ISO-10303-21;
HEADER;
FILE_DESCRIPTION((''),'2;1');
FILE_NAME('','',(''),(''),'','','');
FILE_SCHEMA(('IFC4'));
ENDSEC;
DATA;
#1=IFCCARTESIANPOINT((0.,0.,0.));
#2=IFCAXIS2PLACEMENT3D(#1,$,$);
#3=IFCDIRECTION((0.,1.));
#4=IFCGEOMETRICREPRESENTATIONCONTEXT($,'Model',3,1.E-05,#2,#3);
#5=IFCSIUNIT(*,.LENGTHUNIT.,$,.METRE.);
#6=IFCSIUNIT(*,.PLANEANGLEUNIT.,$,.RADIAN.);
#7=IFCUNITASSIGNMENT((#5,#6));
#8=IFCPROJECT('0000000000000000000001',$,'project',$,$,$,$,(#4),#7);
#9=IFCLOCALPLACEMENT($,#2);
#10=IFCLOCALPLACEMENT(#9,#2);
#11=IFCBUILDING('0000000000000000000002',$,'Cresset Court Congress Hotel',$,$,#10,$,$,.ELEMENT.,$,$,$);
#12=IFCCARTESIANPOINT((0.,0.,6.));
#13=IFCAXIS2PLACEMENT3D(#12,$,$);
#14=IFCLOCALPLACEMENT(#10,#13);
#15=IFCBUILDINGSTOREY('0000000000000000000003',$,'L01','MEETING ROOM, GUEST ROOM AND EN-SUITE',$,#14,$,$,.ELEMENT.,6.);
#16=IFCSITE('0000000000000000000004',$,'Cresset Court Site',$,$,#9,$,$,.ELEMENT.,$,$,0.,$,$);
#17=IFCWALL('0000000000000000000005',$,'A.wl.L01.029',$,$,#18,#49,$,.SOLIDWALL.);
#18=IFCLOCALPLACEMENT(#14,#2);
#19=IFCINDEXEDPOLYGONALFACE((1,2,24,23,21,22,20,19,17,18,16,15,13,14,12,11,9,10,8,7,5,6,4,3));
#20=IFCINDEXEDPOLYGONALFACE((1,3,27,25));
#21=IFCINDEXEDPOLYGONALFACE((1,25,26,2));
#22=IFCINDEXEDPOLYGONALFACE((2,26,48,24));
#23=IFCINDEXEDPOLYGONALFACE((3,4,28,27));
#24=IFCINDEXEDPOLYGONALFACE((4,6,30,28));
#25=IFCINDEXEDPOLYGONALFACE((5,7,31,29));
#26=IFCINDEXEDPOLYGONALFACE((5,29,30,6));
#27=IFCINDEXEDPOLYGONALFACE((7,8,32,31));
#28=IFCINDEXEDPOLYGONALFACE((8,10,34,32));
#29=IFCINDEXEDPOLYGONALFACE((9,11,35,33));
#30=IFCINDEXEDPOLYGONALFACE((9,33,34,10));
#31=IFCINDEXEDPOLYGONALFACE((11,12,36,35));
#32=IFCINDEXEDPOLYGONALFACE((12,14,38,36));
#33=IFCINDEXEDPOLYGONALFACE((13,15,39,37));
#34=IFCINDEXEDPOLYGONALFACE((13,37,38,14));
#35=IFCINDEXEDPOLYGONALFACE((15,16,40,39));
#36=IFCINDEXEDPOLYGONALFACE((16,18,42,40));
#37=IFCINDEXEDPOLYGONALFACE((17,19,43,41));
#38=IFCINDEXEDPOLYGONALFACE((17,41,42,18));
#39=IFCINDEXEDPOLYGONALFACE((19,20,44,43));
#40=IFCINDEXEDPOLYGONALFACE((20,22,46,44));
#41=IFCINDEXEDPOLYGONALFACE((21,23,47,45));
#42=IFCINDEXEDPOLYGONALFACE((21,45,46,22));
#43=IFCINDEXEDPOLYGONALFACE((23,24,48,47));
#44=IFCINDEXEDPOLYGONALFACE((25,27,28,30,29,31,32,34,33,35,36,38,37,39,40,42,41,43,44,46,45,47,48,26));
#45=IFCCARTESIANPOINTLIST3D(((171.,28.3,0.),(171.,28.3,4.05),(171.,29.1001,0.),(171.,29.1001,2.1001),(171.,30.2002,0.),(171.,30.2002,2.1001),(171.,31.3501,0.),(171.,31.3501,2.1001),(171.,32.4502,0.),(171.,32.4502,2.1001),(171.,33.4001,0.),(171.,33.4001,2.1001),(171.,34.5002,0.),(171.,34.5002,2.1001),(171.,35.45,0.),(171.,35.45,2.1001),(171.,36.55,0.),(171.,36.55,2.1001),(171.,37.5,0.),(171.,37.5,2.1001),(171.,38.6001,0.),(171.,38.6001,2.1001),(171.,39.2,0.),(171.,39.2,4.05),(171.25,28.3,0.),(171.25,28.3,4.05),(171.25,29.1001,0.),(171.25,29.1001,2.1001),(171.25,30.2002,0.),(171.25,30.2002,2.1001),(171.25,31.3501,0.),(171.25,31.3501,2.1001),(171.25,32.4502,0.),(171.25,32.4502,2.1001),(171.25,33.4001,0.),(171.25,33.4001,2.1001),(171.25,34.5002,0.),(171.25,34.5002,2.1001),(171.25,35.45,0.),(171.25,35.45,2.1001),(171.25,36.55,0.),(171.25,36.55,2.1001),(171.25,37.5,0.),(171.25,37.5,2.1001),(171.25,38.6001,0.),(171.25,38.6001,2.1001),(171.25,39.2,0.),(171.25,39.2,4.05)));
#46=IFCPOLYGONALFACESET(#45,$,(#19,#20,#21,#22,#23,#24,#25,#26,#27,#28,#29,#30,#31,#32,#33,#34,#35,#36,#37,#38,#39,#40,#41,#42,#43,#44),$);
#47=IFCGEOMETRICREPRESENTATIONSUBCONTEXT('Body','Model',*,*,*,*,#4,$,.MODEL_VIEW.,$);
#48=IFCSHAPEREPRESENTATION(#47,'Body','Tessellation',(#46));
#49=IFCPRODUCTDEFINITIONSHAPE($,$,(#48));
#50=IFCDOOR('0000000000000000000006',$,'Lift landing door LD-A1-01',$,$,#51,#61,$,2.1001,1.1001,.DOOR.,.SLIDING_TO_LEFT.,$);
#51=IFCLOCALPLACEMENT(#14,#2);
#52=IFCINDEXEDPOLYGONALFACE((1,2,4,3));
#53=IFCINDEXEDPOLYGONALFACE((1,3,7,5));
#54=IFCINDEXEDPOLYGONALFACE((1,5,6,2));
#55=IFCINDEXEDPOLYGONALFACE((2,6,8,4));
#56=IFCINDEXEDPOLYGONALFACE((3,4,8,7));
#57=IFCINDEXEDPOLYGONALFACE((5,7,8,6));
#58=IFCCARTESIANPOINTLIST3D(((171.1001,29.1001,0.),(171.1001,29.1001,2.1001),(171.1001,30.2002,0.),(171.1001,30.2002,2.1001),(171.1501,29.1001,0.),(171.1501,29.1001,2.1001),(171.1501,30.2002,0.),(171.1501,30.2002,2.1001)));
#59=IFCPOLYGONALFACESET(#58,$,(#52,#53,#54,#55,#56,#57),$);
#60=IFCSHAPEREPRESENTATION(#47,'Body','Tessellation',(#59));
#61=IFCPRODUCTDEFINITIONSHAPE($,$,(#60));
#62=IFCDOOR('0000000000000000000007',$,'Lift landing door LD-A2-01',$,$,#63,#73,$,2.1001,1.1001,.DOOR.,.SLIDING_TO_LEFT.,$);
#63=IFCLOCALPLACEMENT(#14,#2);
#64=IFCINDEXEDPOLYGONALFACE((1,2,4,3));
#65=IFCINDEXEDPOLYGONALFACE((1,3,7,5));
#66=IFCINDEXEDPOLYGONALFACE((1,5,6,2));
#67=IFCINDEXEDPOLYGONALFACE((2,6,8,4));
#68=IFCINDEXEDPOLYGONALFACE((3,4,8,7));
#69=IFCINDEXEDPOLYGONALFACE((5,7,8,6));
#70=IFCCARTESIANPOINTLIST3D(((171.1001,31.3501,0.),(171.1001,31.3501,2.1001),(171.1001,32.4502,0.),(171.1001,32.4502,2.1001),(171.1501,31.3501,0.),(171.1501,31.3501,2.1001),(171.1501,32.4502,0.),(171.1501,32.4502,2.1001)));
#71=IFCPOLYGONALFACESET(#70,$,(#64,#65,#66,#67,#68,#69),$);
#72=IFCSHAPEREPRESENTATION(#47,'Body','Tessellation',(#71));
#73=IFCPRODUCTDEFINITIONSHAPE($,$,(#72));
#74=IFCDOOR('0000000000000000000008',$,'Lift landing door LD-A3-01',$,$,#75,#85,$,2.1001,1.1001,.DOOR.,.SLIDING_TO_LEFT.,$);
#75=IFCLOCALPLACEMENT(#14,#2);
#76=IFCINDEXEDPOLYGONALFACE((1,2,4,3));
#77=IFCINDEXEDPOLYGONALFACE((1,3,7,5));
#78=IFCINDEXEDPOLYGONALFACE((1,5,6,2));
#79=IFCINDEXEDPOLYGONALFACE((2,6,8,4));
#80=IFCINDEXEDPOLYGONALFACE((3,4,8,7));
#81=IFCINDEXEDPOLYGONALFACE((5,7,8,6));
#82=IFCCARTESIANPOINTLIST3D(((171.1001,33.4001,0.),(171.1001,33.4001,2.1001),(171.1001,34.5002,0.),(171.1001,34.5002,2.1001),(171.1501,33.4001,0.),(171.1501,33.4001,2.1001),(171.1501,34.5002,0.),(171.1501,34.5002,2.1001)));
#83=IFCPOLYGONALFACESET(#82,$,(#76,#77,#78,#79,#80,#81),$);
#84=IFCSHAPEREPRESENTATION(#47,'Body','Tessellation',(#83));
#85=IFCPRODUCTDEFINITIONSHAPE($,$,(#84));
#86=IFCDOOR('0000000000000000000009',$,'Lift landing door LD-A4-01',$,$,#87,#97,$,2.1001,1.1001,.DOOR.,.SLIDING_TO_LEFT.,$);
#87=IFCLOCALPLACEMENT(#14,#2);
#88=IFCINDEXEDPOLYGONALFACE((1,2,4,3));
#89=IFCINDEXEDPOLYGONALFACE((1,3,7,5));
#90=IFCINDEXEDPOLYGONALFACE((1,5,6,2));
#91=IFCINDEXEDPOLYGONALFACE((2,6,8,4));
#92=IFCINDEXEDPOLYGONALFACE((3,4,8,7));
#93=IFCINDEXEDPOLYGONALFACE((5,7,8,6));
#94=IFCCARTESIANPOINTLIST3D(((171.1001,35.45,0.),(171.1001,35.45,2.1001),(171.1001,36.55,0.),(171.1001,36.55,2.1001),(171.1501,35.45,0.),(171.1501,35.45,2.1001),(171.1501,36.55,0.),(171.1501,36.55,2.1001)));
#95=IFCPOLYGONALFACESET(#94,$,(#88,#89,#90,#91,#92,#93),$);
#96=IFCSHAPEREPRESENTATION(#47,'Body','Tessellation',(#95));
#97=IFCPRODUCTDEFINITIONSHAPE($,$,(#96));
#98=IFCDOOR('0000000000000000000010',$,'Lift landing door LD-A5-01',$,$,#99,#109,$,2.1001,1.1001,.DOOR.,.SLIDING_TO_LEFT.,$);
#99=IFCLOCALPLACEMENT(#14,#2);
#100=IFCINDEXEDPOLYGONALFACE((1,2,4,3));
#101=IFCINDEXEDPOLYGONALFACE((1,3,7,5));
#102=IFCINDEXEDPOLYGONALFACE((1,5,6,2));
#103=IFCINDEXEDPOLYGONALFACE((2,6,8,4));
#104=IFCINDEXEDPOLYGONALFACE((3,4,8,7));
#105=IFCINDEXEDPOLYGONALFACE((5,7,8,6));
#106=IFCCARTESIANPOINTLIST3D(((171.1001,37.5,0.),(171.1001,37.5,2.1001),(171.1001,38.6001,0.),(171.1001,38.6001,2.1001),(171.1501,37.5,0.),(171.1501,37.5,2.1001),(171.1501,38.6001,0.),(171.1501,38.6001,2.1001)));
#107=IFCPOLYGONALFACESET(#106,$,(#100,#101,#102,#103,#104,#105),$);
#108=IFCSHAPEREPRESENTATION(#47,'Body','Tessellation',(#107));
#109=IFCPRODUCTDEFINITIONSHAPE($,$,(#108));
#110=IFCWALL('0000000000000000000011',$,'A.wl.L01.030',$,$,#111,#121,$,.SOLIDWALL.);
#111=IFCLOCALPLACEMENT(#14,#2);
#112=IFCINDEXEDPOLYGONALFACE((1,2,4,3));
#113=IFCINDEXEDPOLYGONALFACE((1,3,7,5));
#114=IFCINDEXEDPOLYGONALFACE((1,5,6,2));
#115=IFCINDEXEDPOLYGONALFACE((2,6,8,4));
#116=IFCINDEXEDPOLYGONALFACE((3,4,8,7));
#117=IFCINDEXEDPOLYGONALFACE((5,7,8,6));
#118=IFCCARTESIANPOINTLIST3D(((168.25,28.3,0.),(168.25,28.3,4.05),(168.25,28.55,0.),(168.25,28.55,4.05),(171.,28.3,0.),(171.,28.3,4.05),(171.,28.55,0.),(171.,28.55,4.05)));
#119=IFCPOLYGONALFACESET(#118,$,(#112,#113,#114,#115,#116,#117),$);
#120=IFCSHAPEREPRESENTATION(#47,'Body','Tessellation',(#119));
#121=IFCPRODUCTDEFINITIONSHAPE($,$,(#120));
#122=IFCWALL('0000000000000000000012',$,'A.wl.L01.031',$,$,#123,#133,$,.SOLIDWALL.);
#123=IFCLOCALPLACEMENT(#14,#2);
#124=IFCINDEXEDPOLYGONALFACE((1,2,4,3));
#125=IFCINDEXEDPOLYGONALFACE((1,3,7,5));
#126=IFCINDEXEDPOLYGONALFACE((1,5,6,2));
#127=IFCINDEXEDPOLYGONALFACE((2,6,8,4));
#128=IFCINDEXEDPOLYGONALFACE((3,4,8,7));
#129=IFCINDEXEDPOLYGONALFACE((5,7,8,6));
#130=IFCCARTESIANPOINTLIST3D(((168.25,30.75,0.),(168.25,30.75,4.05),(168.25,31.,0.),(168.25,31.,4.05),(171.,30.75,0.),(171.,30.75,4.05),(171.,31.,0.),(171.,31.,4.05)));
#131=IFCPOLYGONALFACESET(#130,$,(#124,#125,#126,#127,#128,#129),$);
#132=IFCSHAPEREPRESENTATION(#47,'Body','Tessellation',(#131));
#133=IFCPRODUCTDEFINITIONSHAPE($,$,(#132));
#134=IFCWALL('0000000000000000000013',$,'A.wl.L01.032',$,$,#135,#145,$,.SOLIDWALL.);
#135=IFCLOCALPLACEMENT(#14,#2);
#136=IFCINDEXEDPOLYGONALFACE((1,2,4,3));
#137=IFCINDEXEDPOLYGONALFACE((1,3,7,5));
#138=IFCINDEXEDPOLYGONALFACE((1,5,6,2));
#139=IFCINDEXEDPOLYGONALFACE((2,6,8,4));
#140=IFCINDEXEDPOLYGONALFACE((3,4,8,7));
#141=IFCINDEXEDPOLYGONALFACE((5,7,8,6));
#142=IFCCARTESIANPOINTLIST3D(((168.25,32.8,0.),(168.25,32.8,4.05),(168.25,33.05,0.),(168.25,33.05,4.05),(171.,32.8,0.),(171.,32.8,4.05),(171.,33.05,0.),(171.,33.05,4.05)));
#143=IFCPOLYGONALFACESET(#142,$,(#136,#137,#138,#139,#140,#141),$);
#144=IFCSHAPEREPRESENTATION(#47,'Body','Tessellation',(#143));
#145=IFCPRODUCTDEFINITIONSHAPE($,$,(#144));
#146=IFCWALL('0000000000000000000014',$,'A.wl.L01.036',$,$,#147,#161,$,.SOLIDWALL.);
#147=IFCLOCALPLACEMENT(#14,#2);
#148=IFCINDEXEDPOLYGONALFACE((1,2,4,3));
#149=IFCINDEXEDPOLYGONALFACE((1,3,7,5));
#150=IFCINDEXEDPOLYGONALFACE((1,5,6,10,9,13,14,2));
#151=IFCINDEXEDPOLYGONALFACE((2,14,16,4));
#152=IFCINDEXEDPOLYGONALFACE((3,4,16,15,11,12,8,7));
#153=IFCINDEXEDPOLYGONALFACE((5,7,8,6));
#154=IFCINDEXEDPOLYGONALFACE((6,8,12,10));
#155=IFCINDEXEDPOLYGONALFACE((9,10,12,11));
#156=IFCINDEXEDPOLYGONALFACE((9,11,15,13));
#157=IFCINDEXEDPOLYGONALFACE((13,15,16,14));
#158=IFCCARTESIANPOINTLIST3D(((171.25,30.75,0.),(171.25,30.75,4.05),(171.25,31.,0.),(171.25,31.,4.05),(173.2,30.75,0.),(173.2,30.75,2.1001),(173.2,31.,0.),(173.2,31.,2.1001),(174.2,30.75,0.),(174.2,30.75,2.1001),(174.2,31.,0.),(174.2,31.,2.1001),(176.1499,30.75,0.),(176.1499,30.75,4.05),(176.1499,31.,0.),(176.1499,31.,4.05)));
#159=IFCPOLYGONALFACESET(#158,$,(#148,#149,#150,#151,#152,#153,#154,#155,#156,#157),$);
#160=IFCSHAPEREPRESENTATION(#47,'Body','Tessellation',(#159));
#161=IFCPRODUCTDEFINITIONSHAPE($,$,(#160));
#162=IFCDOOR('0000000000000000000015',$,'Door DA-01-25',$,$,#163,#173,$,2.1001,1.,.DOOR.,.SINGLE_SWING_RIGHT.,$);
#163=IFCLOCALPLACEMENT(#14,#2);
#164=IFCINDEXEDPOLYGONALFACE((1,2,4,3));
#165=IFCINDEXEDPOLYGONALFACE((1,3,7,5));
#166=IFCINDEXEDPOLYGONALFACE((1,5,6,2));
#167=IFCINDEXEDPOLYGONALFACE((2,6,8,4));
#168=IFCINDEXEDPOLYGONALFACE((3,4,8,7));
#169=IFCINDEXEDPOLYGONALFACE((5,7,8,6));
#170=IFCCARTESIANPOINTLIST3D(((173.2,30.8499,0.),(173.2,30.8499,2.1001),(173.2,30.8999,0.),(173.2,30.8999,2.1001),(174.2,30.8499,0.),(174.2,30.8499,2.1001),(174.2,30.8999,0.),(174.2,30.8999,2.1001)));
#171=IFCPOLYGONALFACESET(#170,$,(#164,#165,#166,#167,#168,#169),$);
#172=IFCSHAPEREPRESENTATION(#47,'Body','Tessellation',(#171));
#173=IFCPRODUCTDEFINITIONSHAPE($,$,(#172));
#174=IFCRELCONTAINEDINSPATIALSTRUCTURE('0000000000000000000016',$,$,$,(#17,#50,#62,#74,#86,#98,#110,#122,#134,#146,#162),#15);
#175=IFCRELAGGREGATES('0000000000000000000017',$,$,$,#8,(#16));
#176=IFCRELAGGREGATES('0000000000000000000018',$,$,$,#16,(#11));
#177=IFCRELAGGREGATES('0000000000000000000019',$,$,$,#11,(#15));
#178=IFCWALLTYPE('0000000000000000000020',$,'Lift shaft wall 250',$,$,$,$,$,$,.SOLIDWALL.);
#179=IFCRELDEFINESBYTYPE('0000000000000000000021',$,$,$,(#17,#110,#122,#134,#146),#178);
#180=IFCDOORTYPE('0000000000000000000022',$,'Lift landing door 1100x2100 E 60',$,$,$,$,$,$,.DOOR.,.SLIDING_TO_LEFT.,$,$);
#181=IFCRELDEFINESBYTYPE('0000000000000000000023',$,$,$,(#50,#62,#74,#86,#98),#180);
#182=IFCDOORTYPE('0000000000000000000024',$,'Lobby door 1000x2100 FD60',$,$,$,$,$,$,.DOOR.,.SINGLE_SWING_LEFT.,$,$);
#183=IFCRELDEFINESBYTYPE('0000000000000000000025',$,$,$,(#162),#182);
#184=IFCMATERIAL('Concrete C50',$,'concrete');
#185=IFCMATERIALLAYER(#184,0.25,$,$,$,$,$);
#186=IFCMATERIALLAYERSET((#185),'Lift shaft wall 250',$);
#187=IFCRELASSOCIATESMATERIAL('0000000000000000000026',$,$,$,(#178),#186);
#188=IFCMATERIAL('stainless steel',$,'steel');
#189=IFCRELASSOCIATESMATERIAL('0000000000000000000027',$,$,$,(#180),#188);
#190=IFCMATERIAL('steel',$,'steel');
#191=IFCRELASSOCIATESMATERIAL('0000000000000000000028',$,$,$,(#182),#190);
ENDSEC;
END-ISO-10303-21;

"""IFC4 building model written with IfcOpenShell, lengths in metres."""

from ifc_helpers import new_model, si_unit, direction, frame, frame_2d, origin, place, context, subcontext, project, spatial, rectangle, extrude, material, layer, layer_set, type_object, element, fill, save


model = new_model("IFC4")

# Units and contexts
model_context = context("Model", 3, precision=1e-05, world=origin(), true_north=direction((0.0, 1.0)))
body_context = subcontext(model_context, "Body", "Model", "MODEL_VIEW")
ifc_project = project(units=[si_unit("LENGTHUNIT", "METRE"), si_unit("PLANEANGLEUNIT", "RADIAN")], contexts=[model_context])

# Site, building, storey
site_placement = place(None, origin())
site = spatial("IfcSite", under=ifc_project, at=site_placement, Name="Cresset Court Site", CompositionType="ELEMENT", RefElevation=0.0)
building_placement = place(site_placement, origin())
building = spatial("IfcBuilding", under=site, at=building_placement, Name="Cresset Court Congress Hotel", CompositionType="ELEMENT")
storey_placement = place(building_placement, frame((0.0, 0.0, 6.0)))
storey = spatial("IfcBuildingStorey", under=building, at=storey_placement, Name="L01", Description="MEETING ROOM, GUEST ROOM AND EN-SUITE", CompositionType="ELEMENT", Elevation=6.0)

# Wall, openings, doors
ifc_material_1 = material(Name="Concrete C50", Category="concrete")
ifc_layer_1 = layer(ifc_material_1, 0.25)
ifc_layer_set_1 = layer_set([ifc_layer_1], Name="Lift shaft wall 250")
wall_type_1 = type_object("IfcWallType", Name="Lift shaft wall 250", PredefinedType="SOLIDWALL", material=ifc_layer_set_1)
wall_1_placement = place(storey_placement, frame((171.125, 28.3, 0.0), z_axis=(0.0, 0.0, 1.0), x_axis=(0.0, 1.0, 0.0)))
wall_1 = element("IfcWall", 1, at=wall_1_placement, inside=storey, type_object=wall_type_1, Name="A.wl.L01.029", PredefinedType="SOLIDWALL", context=body_context, shape_type="SweptSolid", body=[
    extrude(rectangle(XDim=10.8999, YDim=0.25, at=frame_2d((5.45, 0.0))), origin(), (0.0, 0.0, 1.0), 4.05),
])
opening_1_placement = place(wall_1_placement, frame((0.8, 0.0, 0.0)))
opening_1 = element("IfcOpeningElement", 2, at=opening_1_placement, cuts=wall_1, PredefinedType="OPENING", context=body_context, shape_type="SweptSolid", body=[
    extrude(rectangle(XDim=1.1001, YDim=2.1001, at=frame_2d((0.55, 1.05))), frame((0.0, 0.135, 0.0), z_axis=(0.0, -1.0, 0.0), x_axis=(1.0, 0.0, 0.0)), (0.0, 0.0, 1.0), 0.27),
])
opening_2_placement = place(wall_1_placement, frame((3.05, 0.0, 0.0)))
opening_2 = element("IfcOpeningElement", 3, at=opening_2_placement, cuts=wall_1, PredefinedType="OPENING", context=body_context, shape_type="SweptSolid", body=[
    extrude(rectangle(XDim=1.1001, YDim=2.1001, at=frame_2d((0.55, 1.05))), frame((0.0, 0.135, 0.0), z_axis=(0.0, -1.0, 0.0), x_axis=(1.0, 0.0, 0.0)), (0.0, 0.0, 1.0), 0.27),
])
opening_3_placement = place(wall_1_placement, frame((5.1001, 0.0, 0.0)))
opening_3 = element("IfcOpeningElement", 4, at=opening_3_placement, cuts=wall_1, PredefinedType="OPENING", context=body_context, shape_type="SweptSolid", body=[
    extrude(rectangle(XDim=1.1001, YDim=2.1001, at=frame_2d((0.55, 1.05))), frame((0.0, 0.135, 0.0), z_axis=(0.0, -1.0, 0.0), x_axis=(1.0, 0.0, 0.0)), (0.0, 0.0, 1.0), 0.27),
])
opening_4_placement = place(wall_1_placement, frame((7.1499, 0.0, 0.0)))
opening_4 = element("IfcOpeningElement", 5, at=opening_4_placement, cuts=wall_1, PredefinedType="OPENING", context=body_context, shape_type="SweptSolid", body=[
    extrude(rectangle(XDim=1.1001, YDim=2.1001, at=frame_2d((0.55, 1.05))), frame((0.0, 0.135, 0.0), z_axis=(0.0, -1.0, 0.0), x_axis=(1.0, 0.0, 0.0)), (0.0, 0.0, 1.0), 0.27),
])
opening_5_placement = place(wall_1_placement, frame((9.2, 0.0, 0.0)))
opening_5 = element("IfcOpeningElement", 6, at=opening_5_placement, cuts=wall_1, PredefinedType="OPENING", context=body_context, shape_type="SweptSolid", body=[
    extrude(rectangle(XDim=1.1001, YDim=2.1001, at=frame_2d((0.55, 1.05))), frame((0.0, 0.135, 0.0), z_axis=(0.0, -1.0, 0.0), x_axis=(1.0, 0.0, 0.0)), (0.0, 0.0, 1.0), 0.27),
])
ifc_material_2 = material(Name="stainless steel", Category="steel")
door_type_1 = type_object("IfcDoorType", Name="Lift landing door 1100x2100 E 60", OperationType="SLIDING_TO_LEFT", PredefinedType="DOOR", material=ifc_material_2)
door_1_placement = place(opening_1_placement, origin())
door_1 = element("IfcDoor", 7, at=door_1_placement, inside=storey, type_object=door_type_1, Name="Lift landing door LD-A1-01", OperationType="SLIDING_TO_LEFT", OverallHeight=2.1001, OverallWidth=1.1001, PredefinedType="DOOR", context=body_context, shape_type="SweptSolid", body=[
    extrude(rectangle(XDim=1.1001, YDim=2.1001, at=frame_2d((0.55, 1.05))), frame((0.0, 0.0249, 0.0), z_axis=(0.0, -1.0, 0.0), x_axis=(1.0, 0.0, 0.0)), (0.0, 0.0, 1.0), 0.05),
])
fill(opening_1, door_1)
door_2_placement = place(opening_2_placement, origin())
door_2 = element("IfcDoor", 8, at=door_2_placement, inside=storey, type_object=door_type_1, Name="Lift landing door LD-A2-01", OperationType="SLIDING_TO_LEFT", OverallHeight=2.1001, OverallWidth=1.1001, PredefinedType="DOOR", context=body_context, shape_type="SweptSolid", body=[
    extrude(rectangle(XDim=1.1001, YDim=2.1001, at=frame_2d((0.55, 1.05))), frame((0.0, 0.0249, 0.0), z_axis=(0.0, -1.0, 0.0), x_axis=(1.0, 0.0, 0.0)), (0.0, 0.0, 1.0), 0.05),
])
fill(opening_2, door_2)
door_3_placement = place(opening_3_placement, origin())
door_3 = element("IfcDoor", 9, at=door_3_placement, inside=storey, type_object=door_type_1, Name="Lift landing door LD-A3-01", OperationType="SLIDING_TO_LEFT", OverallHeight=2.1001, OverallWidth=1.1001, PredefinedType="DOOR", context=body_context, shape_type="SweptSolid", body=[
    extrude(rectangle(XDim=1.1001, YDim=2.1001, at=frame_2d((0.55, 1.05))), frame((0.0, 0.0249, 0.0), z_axis=(0.0, -1.0, 0.0), x_axis=(1.0, 0.0, 0.0)), (0.0, 0.0, 1.0), 0.05),
])
fill(opening_3, door_3)
door_4_placement = place(opening_4_placement, origin())
door_4 = element("IfcDoor", 10, at=door_4_placement, inside=storey, type_object=door_type_1, Name="Lift landing door LD-A4-01", OperationType="SLIDING_TO_LEFT", OverallHeight=2.1001, OverallWidth=1.1001, PredefinedType="DOOR", context=body_context, shape_type="SweptSolid", body=[
    extrude(rectangle(XDim=1.1001, YDim=2.1001, at=frame_2d((0.55, 1.05))), frame((0.0, 0.0249, 0.0), z_axis=(0.0, -1.0, 0.0), x_axis=(1.0, 0.0, 0.0)), (0.0, 0.0, 1.0), 0.05),
])
fill(opening_4, door_4)
door_5_placement = place(opening_5_placement, origin())
door_5 = element("IfcDoor", 11, at=door_5_placement, inside=storey, type_object=door_type_1, Name="Lift landing door LD-A5-01", OperationType="SLIDING_TO_LEFT", OverallHeight=2.1001, OverallWidth=1.1001, PredefinedType="DOOR", context=body_context, shape_type="SweptSolid", body=[
    extrude(rectangle(XDim=1.1001, YDim=2.1001, at=frame_2d((0.55, 1.05))), frame((0.0, 0.0249, 0.0), z_axis=(0.0, -1.0, 0.0), x_axis=(1.0, 0.0, 0.0)), (0.0, 0.0, 1.0), 0.05),
])
fill(opening_5, door_5)

# Walls
for number, where, z_axis, x_axis, name in (
    (12, (168.25, 28.425, 0.0), (0.0, 0.0, 1.0), (1.0, 0.0, 0.0), "A.wl.L01.030"),
    (13, (168.25, 30.875, 0.0), (0.0, 0.0, 1.0), (1.0, 0.0, 0.0), "A.wl.L01.031"),
    (14, (168.25, 32.925, 0.0), (0.0, 0.0, 1.0), (1.0, 0.0, 0.0), "A.wl.L01.032"),
):
    element("IfcWall", number, at=place(storey_placement, frame(where, z_axis=z_axis, x_axis=x_axis)), inside=storey, type_object=wall_type_1, Name=name, PredefinedType="SOLIDWALL", context=body_context, shape_type="SweptSolid", body=[
        extrude(rectangle(XDim=2.75, YDim=0.25, at=frame_2d((1.375, 0.0))), origin(), (0.0, 0.0, 1.0), 4.05),
    ])

# Wall, opening, door
wall_2_placement = place(storey_placement, frame((171.25, 30.875, 0.0), z_axis=(0.0, 0.0, 1.0), x_axis=(1.0, 0.0, 0.0)))
wall_2 = element("IfcWall", 15, at=wall_2_placement, inside=storey, type_object=wall_type_1, Name="A.wl.L01.036", PredefinedType="SOLIDWALL", context=body_context, shape_type="SweptSolid", body=[
    extrude(rectangle(XDim=4.8999, YDim=0.25, at=frame_2d((2.45, 0.0))), origin(), (0.0, 0.0, 1.0), 4.05),
])
opening_6_placement = place(wall_2_placement, frame((1.95, 0.0, 0.0)))
opening_6 = element("IfcOpeningElement", 16, at=opening_6_placement, cuts=wall_2, PredefinedType="OPENING", context=body_context, shape_type="SweptSolid", body=[
    extrude(rectangle(XDim=1.0, YDim=2.1001, at=frame_2d((0.5, 1.05))), frame((0.0, 0.135, 0.0), z_axis=(0.0, -1.0, 0.0), x_axis=(1.0, 0.0, 0.0)), (0.0, 0.0, 1.0), 0.27),
])
ifc_material_3 = material(Name="steel", Category="steel")
door_type_2 = type_object("IfcDoorType", Name="Lobby door 1000x2100 FD60", OperationType="SINGLE_SWING_LEFT", PredefinedType="DOOR", material=ifc_material_3)
door_6_placement = place(opening_6_placement, origin())
door_6 = element("IfcDoor", 17, at=door_6_placement, inside=storey, type_object=door_type_2, Name="Door DA-01-25", OperationType="SINGLE_SWING_RIGHT", OverallHeight=2.1001, OverallWidth=1.0, PredefinedType="DOOR", context=body_context, shape_type="SweptSolid", body=[
    extrude(rectangle(XDim=1.0, YDim=2.1001, at=frame_2d((0.5, 1.05))), frame((0.0, 0.0249, 0.0), z_axis=(0.0, -1.0, 0.0), x_axis=(1.0, 0.0, 0.0)), (0.0, 0.0, 1.0), 0.05),
])
fill(opening_6, door_6)

save(model, "model.ifc")
